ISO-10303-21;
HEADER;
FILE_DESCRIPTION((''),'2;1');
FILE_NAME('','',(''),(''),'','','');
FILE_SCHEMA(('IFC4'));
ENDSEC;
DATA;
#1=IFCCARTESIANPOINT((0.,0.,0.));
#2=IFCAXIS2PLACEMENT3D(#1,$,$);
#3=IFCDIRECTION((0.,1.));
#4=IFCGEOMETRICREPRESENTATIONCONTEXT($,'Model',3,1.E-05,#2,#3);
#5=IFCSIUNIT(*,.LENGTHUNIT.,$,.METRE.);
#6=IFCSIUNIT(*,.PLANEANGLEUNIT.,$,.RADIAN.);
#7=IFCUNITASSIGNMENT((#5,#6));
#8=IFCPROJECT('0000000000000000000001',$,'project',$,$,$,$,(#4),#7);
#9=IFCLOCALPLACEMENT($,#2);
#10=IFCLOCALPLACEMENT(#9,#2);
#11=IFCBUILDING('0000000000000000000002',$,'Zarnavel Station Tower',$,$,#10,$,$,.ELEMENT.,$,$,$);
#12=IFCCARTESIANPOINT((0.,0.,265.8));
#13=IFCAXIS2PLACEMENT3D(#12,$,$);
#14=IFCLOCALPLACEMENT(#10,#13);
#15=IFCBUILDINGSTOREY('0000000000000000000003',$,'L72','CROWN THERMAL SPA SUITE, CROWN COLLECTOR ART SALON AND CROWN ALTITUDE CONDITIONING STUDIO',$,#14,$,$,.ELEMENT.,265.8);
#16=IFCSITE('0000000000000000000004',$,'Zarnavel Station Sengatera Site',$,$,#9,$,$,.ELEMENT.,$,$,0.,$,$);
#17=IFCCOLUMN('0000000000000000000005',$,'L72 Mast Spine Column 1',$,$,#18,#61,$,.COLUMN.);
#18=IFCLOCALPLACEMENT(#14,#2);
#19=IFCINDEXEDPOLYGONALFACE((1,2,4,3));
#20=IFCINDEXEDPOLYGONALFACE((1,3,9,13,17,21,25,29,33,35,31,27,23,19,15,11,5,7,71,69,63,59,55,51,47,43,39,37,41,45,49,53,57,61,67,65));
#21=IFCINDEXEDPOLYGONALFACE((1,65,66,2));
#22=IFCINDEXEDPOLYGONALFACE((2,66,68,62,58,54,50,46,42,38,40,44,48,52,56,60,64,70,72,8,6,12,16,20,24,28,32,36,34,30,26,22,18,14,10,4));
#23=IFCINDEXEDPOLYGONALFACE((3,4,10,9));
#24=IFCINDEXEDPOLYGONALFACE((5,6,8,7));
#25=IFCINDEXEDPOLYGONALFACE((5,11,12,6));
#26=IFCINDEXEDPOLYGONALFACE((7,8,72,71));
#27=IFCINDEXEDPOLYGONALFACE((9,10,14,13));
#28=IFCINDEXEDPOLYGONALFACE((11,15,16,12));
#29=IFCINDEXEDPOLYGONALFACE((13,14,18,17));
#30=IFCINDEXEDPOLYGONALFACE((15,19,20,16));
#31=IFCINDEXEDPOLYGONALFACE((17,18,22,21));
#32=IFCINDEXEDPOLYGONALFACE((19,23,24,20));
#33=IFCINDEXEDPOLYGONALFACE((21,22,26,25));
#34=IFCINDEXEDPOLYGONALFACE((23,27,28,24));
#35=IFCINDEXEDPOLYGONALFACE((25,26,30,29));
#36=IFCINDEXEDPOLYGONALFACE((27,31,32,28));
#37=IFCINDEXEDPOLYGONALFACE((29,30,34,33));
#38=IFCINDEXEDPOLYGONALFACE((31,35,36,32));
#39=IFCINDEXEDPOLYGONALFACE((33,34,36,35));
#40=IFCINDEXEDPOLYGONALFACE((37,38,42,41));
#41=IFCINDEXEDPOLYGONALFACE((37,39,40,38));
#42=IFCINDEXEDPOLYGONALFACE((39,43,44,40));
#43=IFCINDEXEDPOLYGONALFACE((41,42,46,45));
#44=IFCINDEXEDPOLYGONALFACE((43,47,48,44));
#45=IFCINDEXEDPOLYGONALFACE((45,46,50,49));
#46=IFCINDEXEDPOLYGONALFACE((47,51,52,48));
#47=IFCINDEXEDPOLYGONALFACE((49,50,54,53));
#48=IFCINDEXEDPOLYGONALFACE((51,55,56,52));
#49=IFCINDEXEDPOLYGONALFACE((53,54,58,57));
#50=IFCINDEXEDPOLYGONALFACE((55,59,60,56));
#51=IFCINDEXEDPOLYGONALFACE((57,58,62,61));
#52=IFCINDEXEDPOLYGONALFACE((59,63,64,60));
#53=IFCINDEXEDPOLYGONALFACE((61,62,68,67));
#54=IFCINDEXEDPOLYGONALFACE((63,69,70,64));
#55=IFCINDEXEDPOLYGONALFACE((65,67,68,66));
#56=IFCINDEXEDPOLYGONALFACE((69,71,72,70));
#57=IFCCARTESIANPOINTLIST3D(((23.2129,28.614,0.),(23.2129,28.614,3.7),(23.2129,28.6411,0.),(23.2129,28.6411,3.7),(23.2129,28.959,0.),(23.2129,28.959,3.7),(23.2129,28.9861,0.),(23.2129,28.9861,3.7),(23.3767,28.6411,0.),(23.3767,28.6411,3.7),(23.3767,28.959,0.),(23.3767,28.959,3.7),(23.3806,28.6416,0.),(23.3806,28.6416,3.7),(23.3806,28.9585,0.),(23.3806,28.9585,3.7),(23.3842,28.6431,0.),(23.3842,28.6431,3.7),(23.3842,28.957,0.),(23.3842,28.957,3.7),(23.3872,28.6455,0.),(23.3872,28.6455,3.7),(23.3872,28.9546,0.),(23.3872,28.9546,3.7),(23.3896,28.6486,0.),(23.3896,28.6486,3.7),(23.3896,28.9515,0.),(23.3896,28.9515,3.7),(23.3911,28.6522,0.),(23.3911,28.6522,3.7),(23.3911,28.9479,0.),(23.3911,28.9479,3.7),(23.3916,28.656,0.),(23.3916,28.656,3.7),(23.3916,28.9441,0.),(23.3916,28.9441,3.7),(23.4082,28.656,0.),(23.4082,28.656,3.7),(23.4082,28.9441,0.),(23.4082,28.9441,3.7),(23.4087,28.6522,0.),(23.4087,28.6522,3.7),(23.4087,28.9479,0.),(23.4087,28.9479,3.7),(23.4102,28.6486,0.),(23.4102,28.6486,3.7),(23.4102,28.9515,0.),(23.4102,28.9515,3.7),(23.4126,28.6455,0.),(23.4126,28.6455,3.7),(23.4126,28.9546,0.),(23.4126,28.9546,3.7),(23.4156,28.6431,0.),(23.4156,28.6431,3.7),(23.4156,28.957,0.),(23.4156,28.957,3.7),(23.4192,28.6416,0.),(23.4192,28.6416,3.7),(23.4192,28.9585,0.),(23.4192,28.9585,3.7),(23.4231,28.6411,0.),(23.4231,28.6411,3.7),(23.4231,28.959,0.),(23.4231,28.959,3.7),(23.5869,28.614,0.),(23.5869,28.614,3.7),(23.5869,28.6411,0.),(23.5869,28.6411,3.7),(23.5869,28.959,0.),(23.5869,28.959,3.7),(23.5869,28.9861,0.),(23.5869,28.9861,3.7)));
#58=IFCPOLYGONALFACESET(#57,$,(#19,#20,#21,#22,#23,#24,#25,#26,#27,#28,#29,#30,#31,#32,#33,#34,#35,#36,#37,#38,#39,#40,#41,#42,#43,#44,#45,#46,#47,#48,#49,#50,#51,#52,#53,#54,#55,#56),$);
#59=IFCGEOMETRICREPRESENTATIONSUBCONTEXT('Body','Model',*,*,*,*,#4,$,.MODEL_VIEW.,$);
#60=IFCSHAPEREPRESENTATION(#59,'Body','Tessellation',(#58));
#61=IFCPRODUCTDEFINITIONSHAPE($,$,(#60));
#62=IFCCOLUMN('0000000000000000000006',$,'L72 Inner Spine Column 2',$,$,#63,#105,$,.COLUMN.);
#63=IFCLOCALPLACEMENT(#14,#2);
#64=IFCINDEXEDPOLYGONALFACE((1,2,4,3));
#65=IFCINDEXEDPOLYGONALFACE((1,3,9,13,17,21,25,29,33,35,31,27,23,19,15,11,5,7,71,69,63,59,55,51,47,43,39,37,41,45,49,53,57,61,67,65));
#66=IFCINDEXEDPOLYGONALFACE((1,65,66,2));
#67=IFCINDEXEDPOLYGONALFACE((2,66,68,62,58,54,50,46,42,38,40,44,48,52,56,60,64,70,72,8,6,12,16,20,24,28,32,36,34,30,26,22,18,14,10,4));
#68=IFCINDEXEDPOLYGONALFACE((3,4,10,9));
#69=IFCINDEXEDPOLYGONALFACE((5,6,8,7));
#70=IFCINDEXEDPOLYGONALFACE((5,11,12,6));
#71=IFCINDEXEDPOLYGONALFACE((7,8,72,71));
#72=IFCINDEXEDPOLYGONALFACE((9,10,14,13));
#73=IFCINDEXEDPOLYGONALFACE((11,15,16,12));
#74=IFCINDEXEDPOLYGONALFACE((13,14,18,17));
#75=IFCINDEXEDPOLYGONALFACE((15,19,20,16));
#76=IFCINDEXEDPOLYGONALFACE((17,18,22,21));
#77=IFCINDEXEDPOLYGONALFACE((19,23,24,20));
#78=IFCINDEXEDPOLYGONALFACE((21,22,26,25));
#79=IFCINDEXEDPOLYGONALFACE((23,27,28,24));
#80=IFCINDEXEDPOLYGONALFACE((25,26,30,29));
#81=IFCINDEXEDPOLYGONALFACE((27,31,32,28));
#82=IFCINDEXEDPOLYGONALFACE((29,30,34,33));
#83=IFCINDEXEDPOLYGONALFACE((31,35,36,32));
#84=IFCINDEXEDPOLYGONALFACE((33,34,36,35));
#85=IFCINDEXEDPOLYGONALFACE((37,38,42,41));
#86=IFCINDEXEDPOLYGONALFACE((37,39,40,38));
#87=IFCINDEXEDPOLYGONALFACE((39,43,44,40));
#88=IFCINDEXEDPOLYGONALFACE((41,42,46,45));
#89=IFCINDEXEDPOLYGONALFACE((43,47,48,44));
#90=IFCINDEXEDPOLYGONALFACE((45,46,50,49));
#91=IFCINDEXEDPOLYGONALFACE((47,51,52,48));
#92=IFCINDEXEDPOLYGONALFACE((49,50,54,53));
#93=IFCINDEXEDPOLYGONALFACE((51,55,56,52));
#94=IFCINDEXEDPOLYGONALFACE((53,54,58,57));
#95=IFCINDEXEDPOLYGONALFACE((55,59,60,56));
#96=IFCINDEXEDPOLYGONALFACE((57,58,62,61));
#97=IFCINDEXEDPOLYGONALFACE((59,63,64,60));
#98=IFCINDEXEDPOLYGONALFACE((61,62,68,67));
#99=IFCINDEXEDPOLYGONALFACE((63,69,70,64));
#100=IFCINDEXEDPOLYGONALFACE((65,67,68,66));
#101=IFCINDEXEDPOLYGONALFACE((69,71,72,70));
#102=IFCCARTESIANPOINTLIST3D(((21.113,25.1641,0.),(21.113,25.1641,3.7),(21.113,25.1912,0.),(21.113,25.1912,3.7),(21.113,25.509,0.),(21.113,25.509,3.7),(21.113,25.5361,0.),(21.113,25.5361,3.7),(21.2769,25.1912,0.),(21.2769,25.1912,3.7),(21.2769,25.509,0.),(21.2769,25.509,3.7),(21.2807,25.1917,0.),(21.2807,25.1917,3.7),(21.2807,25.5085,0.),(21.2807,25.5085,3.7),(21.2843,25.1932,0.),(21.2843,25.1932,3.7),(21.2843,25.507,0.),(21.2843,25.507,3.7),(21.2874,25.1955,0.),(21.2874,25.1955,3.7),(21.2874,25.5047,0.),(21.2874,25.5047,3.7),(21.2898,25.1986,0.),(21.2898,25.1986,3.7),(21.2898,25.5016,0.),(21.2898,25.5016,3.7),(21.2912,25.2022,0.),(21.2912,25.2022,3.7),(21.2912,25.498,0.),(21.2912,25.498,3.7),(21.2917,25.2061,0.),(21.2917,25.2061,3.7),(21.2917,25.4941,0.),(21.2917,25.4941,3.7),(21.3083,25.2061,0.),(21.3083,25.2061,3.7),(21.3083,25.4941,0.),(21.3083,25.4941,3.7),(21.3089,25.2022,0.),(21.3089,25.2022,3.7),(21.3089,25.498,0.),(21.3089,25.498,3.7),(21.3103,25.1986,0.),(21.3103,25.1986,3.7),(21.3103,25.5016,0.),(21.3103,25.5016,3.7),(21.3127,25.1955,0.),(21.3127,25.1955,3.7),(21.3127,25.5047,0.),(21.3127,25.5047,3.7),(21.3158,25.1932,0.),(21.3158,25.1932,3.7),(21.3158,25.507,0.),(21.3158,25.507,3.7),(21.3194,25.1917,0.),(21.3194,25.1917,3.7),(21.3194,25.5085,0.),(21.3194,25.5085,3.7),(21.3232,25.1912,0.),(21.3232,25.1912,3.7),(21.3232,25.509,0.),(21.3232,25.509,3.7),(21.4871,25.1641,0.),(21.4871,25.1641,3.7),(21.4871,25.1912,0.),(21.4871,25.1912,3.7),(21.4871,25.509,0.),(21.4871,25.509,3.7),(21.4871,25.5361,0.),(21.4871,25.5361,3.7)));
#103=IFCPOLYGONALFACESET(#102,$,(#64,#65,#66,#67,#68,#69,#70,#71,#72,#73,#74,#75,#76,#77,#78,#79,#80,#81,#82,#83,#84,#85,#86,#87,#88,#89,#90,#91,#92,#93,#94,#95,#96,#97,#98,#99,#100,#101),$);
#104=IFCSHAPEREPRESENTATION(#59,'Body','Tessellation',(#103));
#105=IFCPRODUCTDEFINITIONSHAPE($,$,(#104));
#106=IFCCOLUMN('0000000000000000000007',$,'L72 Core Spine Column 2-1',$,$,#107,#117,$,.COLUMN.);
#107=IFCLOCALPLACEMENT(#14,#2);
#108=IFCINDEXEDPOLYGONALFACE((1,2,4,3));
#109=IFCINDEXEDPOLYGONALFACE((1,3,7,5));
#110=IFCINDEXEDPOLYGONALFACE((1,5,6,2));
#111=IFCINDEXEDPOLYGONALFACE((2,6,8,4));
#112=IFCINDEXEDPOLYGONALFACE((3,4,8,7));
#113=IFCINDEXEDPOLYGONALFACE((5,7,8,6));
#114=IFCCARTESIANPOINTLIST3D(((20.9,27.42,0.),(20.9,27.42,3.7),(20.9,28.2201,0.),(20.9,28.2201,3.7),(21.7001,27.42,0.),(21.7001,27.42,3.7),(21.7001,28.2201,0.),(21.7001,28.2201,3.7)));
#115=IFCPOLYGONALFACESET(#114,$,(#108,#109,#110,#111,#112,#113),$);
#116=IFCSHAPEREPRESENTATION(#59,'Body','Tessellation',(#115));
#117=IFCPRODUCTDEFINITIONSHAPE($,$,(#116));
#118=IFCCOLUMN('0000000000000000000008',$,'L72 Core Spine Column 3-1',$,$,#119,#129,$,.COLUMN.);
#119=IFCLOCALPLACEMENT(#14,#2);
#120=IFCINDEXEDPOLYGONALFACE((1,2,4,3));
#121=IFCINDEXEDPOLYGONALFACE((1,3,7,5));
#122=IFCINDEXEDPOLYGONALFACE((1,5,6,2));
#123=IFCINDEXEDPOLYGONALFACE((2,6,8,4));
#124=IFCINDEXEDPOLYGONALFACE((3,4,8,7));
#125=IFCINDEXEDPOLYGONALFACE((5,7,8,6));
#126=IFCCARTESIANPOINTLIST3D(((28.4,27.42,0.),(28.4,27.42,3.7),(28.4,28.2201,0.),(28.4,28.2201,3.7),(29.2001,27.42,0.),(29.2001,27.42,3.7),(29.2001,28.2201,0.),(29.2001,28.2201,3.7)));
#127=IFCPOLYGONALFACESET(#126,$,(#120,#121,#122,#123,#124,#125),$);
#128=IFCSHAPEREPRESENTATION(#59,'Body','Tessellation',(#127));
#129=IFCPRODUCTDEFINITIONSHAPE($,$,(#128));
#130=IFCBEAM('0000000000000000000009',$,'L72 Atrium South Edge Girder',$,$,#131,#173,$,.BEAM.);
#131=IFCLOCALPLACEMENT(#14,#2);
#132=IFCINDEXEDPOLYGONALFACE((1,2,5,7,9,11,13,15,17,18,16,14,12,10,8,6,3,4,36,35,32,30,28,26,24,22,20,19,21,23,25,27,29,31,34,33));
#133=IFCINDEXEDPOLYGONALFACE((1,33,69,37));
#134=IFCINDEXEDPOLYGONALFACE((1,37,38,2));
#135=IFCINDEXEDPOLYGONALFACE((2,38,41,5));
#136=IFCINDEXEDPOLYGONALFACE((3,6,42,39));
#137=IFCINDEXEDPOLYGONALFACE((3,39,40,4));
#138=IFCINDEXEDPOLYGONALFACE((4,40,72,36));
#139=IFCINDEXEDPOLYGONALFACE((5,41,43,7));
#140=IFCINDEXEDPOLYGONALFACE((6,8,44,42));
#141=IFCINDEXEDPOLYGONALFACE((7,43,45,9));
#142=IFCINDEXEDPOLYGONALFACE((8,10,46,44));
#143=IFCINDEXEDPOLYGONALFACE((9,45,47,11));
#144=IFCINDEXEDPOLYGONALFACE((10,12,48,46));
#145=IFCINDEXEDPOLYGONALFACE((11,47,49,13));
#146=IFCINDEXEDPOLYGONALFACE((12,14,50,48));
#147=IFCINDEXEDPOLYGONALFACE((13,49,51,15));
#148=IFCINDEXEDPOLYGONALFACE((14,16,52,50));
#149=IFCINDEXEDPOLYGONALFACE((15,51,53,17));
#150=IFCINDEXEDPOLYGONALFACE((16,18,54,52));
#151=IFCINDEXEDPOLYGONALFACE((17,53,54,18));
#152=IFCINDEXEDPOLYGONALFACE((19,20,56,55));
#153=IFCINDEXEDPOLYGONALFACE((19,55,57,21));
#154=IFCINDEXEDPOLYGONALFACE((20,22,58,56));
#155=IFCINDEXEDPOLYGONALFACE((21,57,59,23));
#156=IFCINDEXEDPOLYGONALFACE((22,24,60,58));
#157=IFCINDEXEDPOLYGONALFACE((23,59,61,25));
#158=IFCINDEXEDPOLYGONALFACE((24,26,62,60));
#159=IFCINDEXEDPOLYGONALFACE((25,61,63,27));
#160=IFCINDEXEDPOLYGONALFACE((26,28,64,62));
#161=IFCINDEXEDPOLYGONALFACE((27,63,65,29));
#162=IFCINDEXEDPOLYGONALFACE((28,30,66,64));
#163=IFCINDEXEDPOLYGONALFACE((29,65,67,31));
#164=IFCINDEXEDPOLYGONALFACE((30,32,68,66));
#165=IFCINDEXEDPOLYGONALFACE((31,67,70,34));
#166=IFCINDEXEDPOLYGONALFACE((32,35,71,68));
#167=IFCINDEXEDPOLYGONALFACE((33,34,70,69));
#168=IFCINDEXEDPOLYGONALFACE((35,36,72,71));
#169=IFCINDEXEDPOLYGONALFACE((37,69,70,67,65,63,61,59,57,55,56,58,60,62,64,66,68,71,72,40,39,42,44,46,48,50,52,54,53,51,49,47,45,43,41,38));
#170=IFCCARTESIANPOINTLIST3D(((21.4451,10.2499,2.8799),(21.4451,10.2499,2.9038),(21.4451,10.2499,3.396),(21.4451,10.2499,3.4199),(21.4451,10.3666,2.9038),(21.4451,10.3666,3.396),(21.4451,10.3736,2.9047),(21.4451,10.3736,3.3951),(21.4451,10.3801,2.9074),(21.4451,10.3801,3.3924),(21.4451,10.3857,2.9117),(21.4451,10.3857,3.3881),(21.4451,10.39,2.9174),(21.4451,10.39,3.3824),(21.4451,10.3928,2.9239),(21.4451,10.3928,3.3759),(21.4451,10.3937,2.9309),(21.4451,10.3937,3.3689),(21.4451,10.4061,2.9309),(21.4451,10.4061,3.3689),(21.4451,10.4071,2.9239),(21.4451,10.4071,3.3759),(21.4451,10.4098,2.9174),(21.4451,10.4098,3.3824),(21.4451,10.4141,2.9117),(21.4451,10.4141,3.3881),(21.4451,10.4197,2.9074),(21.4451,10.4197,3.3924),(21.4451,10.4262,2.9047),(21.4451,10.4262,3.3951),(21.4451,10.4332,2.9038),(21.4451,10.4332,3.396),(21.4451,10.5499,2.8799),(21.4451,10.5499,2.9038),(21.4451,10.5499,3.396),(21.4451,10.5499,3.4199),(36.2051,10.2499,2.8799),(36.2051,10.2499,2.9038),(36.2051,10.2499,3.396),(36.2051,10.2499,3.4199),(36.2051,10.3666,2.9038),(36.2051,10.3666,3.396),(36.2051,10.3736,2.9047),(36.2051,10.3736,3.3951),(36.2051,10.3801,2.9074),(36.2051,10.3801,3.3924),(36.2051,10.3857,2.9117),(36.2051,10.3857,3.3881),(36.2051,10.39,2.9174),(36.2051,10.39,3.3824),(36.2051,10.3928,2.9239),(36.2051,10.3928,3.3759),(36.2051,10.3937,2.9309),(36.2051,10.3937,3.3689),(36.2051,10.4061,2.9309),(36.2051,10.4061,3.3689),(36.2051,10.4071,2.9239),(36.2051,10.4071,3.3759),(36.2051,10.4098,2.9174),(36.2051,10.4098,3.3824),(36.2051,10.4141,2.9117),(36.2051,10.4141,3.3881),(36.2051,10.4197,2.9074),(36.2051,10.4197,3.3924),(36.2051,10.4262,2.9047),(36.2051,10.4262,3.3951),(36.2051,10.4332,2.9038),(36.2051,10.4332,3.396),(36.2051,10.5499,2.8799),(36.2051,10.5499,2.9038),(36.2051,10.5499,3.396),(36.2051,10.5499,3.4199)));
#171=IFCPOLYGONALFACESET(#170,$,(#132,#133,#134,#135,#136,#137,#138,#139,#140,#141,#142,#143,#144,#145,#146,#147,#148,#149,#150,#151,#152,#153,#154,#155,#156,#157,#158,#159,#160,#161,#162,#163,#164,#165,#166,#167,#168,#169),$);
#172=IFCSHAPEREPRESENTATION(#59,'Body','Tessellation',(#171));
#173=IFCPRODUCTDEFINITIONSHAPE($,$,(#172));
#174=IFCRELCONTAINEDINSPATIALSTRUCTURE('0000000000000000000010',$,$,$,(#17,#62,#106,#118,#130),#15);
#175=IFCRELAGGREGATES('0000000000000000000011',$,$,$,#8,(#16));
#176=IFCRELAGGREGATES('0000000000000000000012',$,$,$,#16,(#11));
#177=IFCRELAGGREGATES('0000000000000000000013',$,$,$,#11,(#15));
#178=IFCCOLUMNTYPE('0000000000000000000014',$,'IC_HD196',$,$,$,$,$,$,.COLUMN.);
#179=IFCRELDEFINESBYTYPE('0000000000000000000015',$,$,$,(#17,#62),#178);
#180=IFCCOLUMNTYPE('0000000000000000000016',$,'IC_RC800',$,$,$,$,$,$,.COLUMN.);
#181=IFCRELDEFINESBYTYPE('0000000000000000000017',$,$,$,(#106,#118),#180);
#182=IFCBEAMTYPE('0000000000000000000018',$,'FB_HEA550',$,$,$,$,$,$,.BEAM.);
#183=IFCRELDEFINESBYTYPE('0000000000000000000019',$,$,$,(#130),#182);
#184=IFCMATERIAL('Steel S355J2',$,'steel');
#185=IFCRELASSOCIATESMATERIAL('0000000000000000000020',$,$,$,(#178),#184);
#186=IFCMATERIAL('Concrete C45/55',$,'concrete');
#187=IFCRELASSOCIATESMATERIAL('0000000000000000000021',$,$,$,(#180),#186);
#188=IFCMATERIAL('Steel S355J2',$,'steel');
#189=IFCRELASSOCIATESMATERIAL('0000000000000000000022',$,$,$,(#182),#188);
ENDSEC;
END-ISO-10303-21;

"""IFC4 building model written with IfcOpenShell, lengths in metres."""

from ifc_helpers import new_model, si_unit, direction, frame, origin, origin_2d, place, context, subcontext, project, spatial, rectangle, i_section, extrude, material, material_profile, profile_set, type_object, element, save


model = new_model("IFC4")

# Units and contexts
model_context = context("Model", 3, precision=1e-05, world=origin(), true_north=direction((0.0, 1.0)))
body_context = subcontext(model_context, "Body", "Model", "MODEL_VIEW")
ifc_project = project(units=[si_unit("LENGTHUNIT", "METRE"), si_unit("PLANEANGLEUNIT", "RADIAN")], contexts=[model_context])

# Site, building, storey
site_placement = place(None, origin())
site = spatial("IfcSite", under=ifc_project, at=site_placement, Name="Zarnavel Station Sengatera Site", CompositionType="ELEMENT", RefElevation=0.0)
building_placement = place(site_placement, origin())
building = spatial("IfcBuilding", under=site, at=building_placement, Name="Zarnavel Station Tower", CompositionType="ELEMENT")
storey_placement = place(building_placement, frame((0.0, 0.0, 265.8)))
storey = spatial("IfcBuildingStorey", under=building, at=storey_placement, Name="L72", Description="CROWN THERMAL SPA SUITE, CROWN COLLECTOR ART SALON AND CROWN ALTITUDE CONDITIONING STUDIO", CompositionType="ELEMENT", Elevation=265.8)

# Columns
ifc_material_1 = material(Name="Steel S355J2", Category="steel")
ifc_material_profile_1 = material_profile(ifc_material_1, i_section(OverallWidth=0.374, OverallDepth=0.3721, WebThickness=0.0166, FlangeThickness=0.0271, FilletRadius=0.0149, at=origin_2d()), Name="HD360x196")
ifc_profile_set_1 = profile_set([ifc_material_profile_1], Name="Steel S355J2")
column_type_1 = type_object("IfcColumnType", Name="IC_HD196", PredefinedType="COLUMN", material=ifc_profile_set_1)
for number, where, z_axis, x_axis, name in (
    (1, (23.3999, 28.8, 0.0), (0.0, 0.0, 1.0), (1.0, 0.0, 0.0), "L72 Mast Spine Column 1"),
    (2, (21.3, 25.3501, 0.0), (0.0, 0.0, 1.0), (1.0, 0.0, 0.0), "L72 Inner Spine Column 2"),
):
    element("IfcColumn", number, at=place(storey_placement, frame(where, z_axis=z_axis, x_axis=x_axis)), inside=storey, type_object=column_type_1, Name=name, PredefinedType="COLUMN", context=body_context, shape_type="SweptSolid", body=[
        extrude(i_section(OverallWidth=0.374, OverallDepth=0.3721, WebThickness=0.0166, FlangeThickness=0.0271, FilletRadius=0.0149, at=origin_2d()), origin(), (0.0, 0.0, 1.0), 3.7),
    ])
ifc_material_2 = material(Name="Concrete C45/55", Category="concrete")
ifc_material_profile_2 = material_profile(ifc_material_2, rectangle(XDim=0.8, YDim=0.8, at=origin_2d()), Name="RC800x800")
ifc_profile_set_2 = profile_set([ifc_material_profile_2], Name="Concrete C45/55")
column_type_2 = type_object("IfcColumnType", Name="IC_RC800", PredefinedType="COLUMN", material=ifc_profile_set_2)
for number, where, z_axis, x_axis, name in (
    (3, (21.3, 27.8201, 0.0), (0.0, 0.0, 1.0), (1.0, 0.0, 0.0), "L72 Core Spine Column 2-1"),
    (4, (28.8, 27.8201, 0.0), (0.0, 0.0, 1.0), (1.0, 0.0, 0.0), "L72 Core Spine Column 3-1"),
):
    element("IfcColumn", number, at=place(storey_placement, frame(where, z_axis=z_axis, x_axis=x_axis)), inside=storey, type_object=column_type_2, Name=name, PredefinedType="COLUMN", context=body_context, shape_type="SweptSolid", body=[
        extrude(rectangle(XDim=0.8, YDim=0.8, at=origin_2d()), origin(), (0.0, 0.0, 1.0), 3.7),
    ])

# Beam
ifc_material_3 = material(Name="Steel S355J2", Category="steel")
ifc_material_profile_3 = material_profile(ifc_material_3, i_section(OverallWidth=0.3, OverallDepth=0.54, WebThickness=0.0125, FlangeThickness=0.0239, FilletRadius=0.0271, at=origin_2d()), Name="HEA550")
ifc_profile_set_3 = profile_set([ifc_material_profile_3], Name="Steel S355J2")
beam_type_1 = type_object("IfcBeamType", Name="FB_HEA550", PredefinedType="BEAM", material=ifc_profile_set_3)
beam_1_placement = place(storey_placement, frame((21.4451, 10.3999, 3.1499), z_axis=(1.0, 0.0, 0.0), x_axis=(0.0, 1.0, 0.0)))
element("IfcBeam", 5, at=beam_1_placement, inside=storey, type_object=beam_type_1, Name="L72 Atrium South Edge Girder", PredefinedType="BEAM", context=body_context, shape_type="SweptSolid", body=[
    extrude(i_section(OverallWidth=0.3, OverallDepth=0.54, WebThickness=0.0125, FlangeThickness=0.0239, FilletRadius=0.0271, at=origin_2d()), origin(), (0.0, 0.0, 1.0), 14.76),
])

save(model, "model.ifc")
